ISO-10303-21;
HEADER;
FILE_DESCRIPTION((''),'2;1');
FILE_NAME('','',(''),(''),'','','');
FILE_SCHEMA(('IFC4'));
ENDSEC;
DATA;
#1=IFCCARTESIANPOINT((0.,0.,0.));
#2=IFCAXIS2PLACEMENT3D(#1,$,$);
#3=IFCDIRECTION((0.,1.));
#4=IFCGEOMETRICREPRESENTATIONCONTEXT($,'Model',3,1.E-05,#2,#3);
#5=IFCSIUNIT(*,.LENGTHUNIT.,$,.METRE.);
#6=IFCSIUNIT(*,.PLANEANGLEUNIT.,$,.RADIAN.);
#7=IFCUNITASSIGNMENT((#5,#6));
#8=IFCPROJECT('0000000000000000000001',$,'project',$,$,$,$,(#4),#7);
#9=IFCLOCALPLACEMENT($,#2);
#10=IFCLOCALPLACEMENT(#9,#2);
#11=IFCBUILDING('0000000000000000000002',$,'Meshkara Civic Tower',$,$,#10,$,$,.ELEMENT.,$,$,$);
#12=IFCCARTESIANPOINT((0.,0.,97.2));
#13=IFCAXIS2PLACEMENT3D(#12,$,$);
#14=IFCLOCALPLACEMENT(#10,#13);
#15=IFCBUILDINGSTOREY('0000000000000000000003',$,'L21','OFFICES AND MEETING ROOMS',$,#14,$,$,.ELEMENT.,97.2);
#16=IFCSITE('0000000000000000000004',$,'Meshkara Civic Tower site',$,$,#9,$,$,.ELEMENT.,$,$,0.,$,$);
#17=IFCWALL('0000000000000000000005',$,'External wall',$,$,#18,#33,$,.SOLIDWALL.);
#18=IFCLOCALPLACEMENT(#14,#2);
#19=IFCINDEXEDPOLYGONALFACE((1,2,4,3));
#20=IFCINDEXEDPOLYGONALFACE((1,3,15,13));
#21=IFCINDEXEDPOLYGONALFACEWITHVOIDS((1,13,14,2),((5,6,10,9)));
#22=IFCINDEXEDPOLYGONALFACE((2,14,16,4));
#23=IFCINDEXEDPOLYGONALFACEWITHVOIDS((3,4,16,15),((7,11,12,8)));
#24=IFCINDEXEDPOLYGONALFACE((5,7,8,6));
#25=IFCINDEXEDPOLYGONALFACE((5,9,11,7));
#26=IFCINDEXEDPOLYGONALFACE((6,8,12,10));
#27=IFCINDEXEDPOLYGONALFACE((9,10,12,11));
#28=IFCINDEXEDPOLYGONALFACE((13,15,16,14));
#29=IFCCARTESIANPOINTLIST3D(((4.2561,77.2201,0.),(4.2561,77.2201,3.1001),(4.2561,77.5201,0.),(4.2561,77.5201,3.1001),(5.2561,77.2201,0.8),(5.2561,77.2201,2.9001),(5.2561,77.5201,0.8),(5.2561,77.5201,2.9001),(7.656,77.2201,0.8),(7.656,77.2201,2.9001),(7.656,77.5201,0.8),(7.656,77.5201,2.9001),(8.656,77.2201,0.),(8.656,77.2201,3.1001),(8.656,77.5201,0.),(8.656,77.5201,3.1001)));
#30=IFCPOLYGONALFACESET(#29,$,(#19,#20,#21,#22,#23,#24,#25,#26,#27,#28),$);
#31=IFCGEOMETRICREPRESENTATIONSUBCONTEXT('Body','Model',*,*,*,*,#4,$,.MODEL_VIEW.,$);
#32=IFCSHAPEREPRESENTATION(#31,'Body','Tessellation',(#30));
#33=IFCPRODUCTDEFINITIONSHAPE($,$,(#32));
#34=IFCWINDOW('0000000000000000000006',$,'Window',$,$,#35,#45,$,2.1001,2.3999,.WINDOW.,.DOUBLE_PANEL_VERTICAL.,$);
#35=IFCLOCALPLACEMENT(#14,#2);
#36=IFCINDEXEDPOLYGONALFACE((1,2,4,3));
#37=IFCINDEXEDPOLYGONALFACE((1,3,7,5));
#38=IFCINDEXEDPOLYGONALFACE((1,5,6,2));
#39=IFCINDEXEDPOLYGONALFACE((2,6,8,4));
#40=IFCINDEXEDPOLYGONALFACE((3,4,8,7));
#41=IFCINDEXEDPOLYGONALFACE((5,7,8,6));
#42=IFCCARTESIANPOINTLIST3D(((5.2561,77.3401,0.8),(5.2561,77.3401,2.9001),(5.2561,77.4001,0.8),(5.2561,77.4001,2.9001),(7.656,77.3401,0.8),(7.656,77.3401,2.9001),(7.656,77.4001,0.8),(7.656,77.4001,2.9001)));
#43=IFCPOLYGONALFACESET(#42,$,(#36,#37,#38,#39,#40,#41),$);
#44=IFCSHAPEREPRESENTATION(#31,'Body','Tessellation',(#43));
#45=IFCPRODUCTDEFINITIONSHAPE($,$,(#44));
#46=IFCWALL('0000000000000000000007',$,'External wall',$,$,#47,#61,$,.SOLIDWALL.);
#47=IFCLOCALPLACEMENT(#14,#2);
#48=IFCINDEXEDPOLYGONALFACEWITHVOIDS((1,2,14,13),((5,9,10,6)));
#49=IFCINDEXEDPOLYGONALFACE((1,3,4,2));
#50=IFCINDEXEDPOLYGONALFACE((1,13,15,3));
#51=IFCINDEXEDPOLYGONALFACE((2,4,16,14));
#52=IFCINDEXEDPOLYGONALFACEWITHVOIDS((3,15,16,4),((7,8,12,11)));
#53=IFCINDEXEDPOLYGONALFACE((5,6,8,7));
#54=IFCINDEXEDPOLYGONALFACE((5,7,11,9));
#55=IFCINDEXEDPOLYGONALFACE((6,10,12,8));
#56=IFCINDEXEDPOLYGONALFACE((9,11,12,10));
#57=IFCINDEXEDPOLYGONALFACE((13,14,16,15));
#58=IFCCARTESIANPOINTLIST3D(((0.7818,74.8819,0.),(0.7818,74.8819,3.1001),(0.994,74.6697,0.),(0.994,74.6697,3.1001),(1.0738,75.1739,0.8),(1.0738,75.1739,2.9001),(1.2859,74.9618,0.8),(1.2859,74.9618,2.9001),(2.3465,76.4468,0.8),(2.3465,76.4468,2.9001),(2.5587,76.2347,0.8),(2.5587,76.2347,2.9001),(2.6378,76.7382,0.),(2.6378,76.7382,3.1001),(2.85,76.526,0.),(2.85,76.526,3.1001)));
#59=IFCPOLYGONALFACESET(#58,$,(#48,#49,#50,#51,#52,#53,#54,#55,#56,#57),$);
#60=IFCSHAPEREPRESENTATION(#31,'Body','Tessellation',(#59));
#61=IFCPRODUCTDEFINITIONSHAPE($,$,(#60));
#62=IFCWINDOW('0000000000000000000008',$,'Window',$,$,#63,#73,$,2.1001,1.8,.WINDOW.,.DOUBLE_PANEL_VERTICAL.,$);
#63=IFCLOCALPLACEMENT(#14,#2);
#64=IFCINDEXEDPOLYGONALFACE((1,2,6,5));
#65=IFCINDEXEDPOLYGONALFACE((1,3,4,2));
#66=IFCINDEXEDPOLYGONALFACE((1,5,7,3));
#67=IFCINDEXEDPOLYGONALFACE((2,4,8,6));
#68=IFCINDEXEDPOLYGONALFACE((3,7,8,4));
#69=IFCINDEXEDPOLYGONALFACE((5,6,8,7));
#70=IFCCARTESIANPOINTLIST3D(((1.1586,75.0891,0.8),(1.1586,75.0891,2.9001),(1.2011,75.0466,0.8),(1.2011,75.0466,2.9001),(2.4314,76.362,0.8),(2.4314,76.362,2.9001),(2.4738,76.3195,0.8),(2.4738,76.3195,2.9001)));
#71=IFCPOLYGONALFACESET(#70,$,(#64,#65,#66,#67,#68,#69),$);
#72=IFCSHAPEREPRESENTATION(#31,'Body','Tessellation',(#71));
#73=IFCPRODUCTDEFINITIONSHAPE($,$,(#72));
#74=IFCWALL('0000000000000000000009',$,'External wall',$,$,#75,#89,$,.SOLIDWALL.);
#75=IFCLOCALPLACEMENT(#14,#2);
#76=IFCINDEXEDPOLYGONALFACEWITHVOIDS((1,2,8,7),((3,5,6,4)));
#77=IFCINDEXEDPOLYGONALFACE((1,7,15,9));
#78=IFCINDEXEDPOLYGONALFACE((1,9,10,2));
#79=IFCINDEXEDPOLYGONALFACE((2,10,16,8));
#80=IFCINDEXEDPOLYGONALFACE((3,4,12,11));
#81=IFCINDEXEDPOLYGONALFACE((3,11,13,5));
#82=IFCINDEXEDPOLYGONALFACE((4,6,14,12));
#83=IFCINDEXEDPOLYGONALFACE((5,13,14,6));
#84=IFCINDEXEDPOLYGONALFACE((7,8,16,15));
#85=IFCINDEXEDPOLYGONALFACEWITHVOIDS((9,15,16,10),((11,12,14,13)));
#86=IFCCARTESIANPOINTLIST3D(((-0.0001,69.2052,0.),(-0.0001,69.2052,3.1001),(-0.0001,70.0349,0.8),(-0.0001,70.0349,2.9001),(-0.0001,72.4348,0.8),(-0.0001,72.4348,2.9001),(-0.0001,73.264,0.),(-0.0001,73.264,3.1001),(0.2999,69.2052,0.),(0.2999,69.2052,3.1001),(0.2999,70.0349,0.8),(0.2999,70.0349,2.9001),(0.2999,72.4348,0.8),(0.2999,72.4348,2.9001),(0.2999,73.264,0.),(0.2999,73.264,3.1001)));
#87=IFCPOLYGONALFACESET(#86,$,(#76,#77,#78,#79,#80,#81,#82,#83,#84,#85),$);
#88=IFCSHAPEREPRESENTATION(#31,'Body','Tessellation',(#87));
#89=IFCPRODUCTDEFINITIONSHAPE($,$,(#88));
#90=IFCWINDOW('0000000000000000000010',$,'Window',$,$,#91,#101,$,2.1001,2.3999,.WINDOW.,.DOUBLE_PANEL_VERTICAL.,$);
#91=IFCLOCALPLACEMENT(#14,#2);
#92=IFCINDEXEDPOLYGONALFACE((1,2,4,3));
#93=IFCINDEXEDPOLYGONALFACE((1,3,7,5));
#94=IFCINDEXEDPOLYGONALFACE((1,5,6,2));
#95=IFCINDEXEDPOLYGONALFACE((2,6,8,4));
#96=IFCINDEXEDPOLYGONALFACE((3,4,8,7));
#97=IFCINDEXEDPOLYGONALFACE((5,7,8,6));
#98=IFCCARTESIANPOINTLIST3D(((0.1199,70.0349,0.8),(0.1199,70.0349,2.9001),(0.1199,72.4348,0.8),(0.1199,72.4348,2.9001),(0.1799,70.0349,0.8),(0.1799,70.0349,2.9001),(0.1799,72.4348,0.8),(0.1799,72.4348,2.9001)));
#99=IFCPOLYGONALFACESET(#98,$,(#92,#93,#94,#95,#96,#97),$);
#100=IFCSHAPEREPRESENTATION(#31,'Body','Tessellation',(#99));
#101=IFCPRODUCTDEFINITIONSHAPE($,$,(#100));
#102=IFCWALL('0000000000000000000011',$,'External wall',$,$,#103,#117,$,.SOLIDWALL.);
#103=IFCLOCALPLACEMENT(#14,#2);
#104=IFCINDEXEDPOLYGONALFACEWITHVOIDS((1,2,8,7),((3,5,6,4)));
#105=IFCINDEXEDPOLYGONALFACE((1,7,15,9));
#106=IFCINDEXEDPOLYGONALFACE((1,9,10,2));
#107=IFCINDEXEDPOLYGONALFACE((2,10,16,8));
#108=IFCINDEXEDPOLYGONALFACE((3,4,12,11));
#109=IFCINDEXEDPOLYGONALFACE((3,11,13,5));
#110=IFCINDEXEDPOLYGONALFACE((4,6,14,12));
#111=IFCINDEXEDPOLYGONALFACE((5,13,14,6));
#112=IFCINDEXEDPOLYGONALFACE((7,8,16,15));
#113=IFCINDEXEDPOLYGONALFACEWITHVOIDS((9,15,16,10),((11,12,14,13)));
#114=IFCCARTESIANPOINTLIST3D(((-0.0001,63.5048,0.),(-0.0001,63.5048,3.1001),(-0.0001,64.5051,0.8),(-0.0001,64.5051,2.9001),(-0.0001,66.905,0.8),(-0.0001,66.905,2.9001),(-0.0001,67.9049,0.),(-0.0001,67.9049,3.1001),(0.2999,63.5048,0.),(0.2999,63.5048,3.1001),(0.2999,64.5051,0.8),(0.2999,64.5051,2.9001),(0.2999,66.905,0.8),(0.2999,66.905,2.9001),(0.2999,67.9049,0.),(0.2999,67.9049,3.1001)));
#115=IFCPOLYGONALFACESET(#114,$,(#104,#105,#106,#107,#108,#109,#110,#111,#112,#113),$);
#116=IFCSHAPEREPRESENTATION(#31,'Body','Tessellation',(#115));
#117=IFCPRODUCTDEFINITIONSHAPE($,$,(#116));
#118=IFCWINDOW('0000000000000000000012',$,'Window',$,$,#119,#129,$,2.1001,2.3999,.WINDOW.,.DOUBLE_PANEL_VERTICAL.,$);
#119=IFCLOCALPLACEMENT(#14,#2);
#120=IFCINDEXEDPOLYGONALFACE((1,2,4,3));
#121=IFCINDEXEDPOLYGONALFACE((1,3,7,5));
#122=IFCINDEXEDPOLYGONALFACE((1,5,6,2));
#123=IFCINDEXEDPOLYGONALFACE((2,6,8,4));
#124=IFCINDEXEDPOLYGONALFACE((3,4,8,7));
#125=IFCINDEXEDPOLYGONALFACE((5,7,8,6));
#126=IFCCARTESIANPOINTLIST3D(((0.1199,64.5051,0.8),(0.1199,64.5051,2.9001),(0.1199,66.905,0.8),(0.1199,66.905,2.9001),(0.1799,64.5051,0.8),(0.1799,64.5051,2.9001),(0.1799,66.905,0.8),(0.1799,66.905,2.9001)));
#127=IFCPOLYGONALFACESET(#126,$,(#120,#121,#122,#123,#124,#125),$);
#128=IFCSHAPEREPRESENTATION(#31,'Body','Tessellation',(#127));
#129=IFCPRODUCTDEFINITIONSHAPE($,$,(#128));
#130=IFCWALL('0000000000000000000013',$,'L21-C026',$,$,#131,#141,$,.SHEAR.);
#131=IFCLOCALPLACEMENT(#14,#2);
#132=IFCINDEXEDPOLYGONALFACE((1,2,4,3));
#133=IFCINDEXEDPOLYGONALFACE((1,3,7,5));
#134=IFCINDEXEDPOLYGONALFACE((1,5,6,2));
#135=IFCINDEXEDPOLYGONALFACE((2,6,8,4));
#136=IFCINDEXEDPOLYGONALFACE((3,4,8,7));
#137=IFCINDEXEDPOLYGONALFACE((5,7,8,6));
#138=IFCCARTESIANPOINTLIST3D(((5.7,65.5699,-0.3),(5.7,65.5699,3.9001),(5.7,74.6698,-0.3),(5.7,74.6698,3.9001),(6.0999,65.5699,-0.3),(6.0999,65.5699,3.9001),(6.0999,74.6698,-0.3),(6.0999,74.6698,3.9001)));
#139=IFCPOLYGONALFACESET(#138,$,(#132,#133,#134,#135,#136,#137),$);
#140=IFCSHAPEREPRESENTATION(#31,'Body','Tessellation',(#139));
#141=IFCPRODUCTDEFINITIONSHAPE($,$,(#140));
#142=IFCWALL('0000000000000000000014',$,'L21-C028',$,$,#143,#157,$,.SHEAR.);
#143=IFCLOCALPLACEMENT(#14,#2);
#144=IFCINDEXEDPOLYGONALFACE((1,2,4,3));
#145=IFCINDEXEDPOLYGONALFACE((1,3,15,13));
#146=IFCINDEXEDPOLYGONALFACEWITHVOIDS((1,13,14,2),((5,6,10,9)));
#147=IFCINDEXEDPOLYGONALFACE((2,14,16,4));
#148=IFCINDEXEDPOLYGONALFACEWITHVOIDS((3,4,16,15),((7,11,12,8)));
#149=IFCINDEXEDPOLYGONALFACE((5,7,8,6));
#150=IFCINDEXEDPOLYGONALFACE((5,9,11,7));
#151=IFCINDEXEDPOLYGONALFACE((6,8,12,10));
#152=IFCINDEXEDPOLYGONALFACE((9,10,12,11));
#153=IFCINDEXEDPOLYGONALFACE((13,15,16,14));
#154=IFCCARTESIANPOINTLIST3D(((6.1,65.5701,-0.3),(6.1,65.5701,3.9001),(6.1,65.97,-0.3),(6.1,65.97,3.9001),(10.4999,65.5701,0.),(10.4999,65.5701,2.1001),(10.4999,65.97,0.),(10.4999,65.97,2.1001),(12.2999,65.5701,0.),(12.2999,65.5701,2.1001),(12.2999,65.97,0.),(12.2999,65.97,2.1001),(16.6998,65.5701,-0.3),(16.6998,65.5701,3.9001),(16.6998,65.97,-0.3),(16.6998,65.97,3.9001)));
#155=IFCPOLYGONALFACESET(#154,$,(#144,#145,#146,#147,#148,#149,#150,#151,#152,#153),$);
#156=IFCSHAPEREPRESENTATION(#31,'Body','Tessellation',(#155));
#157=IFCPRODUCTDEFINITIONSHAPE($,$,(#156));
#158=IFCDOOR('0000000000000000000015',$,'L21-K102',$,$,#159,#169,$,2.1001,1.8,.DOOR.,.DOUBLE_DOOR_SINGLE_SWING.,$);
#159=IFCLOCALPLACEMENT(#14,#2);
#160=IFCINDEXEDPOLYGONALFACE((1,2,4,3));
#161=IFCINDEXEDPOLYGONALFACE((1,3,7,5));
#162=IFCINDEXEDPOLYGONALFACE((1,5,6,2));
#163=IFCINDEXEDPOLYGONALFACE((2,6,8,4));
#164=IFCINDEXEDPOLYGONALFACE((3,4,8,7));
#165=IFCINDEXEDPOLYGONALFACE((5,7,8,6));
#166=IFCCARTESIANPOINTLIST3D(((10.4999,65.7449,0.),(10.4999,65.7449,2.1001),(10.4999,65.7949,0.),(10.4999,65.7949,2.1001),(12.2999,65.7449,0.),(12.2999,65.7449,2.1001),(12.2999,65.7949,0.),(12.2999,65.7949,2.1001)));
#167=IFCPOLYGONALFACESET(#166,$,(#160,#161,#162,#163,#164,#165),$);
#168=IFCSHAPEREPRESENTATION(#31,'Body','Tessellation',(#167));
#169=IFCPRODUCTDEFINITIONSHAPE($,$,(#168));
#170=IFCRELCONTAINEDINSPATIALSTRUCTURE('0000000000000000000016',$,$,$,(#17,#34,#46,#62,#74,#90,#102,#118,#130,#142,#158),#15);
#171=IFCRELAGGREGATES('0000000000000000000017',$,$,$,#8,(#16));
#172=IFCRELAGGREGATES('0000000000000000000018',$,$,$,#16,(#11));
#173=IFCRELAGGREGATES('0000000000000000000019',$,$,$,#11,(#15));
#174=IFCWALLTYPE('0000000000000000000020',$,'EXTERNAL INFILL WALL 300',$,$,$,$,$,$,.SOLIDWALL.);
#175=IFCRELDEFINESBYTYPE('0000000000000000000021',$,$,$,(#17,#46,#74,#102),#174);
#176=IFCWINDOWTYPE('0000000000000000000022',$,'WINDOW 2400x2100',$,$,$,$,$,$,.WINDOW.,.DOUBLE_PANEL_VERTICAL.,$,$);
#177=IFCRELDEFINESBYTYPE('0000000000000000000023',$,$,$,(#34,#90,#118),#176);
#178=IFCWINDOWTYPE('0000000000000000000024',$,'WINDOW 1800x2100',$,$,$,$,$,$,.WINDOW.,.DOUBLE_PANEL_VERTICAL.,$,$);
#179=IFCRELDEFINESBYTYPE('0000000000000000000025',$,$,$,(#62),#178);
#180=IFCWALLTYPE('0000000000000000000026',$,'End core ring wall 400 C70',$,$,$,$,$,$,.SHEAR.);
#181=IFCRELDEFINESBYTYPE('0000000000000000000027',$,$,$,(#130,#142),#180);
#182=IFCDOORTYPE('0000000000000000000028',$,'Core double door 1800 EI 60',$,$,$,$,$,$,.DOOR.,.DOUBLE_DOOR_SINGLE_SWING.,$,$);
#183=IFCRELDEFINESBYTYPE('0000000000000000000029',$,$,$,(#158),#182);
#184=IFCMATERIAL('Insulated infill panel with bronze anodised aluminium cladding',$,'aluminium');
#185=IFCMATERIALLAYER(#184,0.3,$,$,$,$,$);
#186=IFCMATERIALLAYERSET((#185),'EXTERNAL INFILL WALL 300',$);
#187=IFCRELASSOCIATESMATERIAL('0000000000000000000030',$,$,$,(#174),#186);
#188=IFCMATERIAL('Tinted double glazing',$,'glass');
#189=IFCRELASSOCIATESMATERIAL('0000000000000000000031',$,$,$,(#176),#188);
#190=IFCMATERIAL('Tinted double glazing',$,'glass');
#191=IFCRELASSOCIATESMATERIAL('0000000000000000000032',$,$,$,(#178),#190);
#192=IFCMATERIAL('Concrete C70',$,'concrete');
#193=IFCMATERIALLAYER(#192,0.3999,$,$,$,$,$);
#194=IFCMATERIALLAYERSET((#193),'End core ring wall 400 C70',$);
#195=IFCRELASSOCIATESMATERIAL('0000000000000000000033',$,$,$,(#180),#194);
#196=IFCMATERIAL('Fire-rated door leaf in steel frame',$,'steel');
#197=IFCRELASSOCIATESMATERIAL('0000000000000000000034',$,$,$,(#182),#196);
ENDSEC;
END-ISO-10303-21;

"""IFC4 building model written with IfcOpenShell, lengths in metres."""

from ifc_helpers import new_model, si_unit, direction, frame, frame_2d, origin, place, context, subcontext, project, spatial, rectangle, extrude, material, layer, layer_set, type_object, element, fill, save


model = new_model("IFC4")

# Units and contexts
model_context = context("Model", 3, precision=1e-05, world=origin(), true_north=direction((0.0, 1.0)))
body_context = subcontext(model_context, "Body", "Model", "MODEL_VIEW")
ifc_project = project(units=[si_unit("LENGTHUNIT", "METRE"), si_unit("PLANEANGLEUNIT", "RADIAN")], contexts=[model_context])

# Site, building, storey
site_placement = place(None, origin())
site = spatial("IfcSite", under=ifc_project, at=site_placement, Name="Meshkara Civic Tower site", CompositionType="ELEMENT", RefElevation=0.0)
building_placement = place(site_placement, origin())
building = spatial("IfcBuilding", under=site, at=building_placement, Name="Meshkara Civic Tower", CompositionType="ELEMENT")
storey_placement = place(building_placement, frame((0.0, 0.0, 97.2)))
storey = spatial("IfcBuildingStorey", under=building, at=storey_placement, Name="L21", Description="OFFICES AND MEETING ROOMS", CompositionType="ELEMENT", Elevation=97.2)

# Walls, openings, windows
ifc_material_1 = material(Name="Insulated infill panel with bronze anodised aluminium cladding", Category="aluminium")
ifc_layer_1 = layer(ifc_material_1, 0.3)
ifc_layer_set_1 = layer_set([ifc_layer_1], Name="EXTERNAL INFILL WALL 300")
wall_type_1 = type_object("IfcWallType", Name="EXTERNAL INFILL WALL 300", PredefinedType="SOLIDWALL", material=ifc_layer_set_1)
wall_1_placement = place(storey_placement, frame((8.656, 77.3701, 0.0), z_axis=(0.0, 0.0, 1.0), x_axis=(-1.0, 0.0, 0.0)))
wall_1 = element("IfcWall", 1, at=wall_1_placement, inside=storey, type_object=wall_type_1, Name="External wall", PredefinedType="SOLIDWALL", context=body_context, shape_type="SweptSolid", body=[
    extrude(rectangle(XDim=4.3999, YDim=0.3, at=frame_2d((2.2, 0.0))), origin(), (0.0, 0.0, 1.0), 3.1001),
])
opening_1_placement = place(wall_1_placement, frame((1.0, 0.0, 0.8)))
opening_1 = element("IfcOpeningElement", 2, at=opening_1_placement, cuts=wall_1, PredefinedType="OPENING", context=body_context, shape_type="SweptSolid", body=[
    extrude(rectangle(XDim=2.3999, YDim=2.1001, at=frame_2d((1.2, 1.05))), frame((0.0, 0.1599, 0.0), z_axis=(0.0, -1.0, 0.0), x_axis=(1.0, 0.0, 0.0)), (0.0, 0.0, 1.0), 0.3201),
])
ifc_material_2 = material(Name="Tinted double glazing", Category="glass")
window_type_1 = type_object("IfcWindowType", Name="WINDOW 2400x2100", PartitioningType="DOUBLE_PANEL_VERTICAL", PredefinedType="WINDOW", material=ifc_material_2)
window_1_placement = place(opening_1_placement, origin())
window_1 = element("IfcWindow", 3, at=window_1_placement, inside=storey, type_object=window_type_1, Name="Window", OverallHeight=2.1001, OverallWidth=2.3999, PartitioningType="DOUBLE_PANEL_VERTICAL", PredefinedType="WINDOW", context=body_context, shape_type="SweptSolid", body=[
    extrude(rectangle(XDim=2.3999, YDim=2.1001, at=frame_2d((1.2, 1.05))), frame((0.0, 0.03, 0.0), z_axis=(0.0, -1.0, 0.0), x_axis=(1.0, 0.0, 0.0)), (0.0, 0.0, 1.0), 0.0601),
])
fill(opening_1, window_1)
wall_2_placement = place(storey_placement, frame((2.7439, 76.6321, 0.0), z_axis=(0.0, 0.0, 1.0), x_axis=(-0.70706, -0.707153, 0.0)))
wall_2 = element("IfcWall", 4, at=wall_2_placement, inside=storey, type_object=wall_type_1, Name="External wall", PredefinedType="SOLIDWALL", context=body_context, shape_type="SweptSolid", body=[
    extrude(rectangle(XDim=2.625, YDim=0.3, at=frame_2d((1.3125, 0.0))), origin(), (0.0, 0.0, 1.0), 3.1001),
])
opening_2_placement = place(wall_2_placement, frame((0.4121, 0.0, 0.8)))
opening_2 = element("IfcOpeningElement", 5, at=opening_2_placement, cuts=wall_2, PredefinedType="OPENING", context=body_context, shape_type="SweptSolid", body=[
    extrude(rectangle(XDim=1.8, YDim=2.1001, at=frame_2d((0.8999, 1.05))), frame((0.0, 0.1599, 0.0), z_axis=(0.0, -1.0, 0.0), x_axis=(1.0, 0.0, 0.0)), (0.0, 0.0, 1.0), 0.3201),
])
ifc_material_3 = material(Name="Tinted double glazing", Category="glass")
window_type_2 = type_object("IfcWindowType", Name="WINDOW 1800x2100", PartitioningType="DOUBLE_PANEL_VERTICAL", PredefinedType="WINDOW", material=ifc_material_3)
window_2_placement = place(opening_2_placement, origin())
window_2 = element("IfcWindow", 6, at=window_2_placement, inside=storey, type_object=window_type_2, Name="Window", OverallHeight=2.1001, OverallWidth=1.8, PartitioningType="DOUBLE_PANEL_VERTICAL", PredefinedType="WINDOW", context=body_context, shape_type="SweptSolid", body=[
    extrude(rectangle(XDim=1.8, YDim=2.1001, at=frame_2d((0.8999, 1.05))), frame((0.0, 0.03, 0.0), z_axis=(0.0, -1.0, 0.0), x_axis=(1.0, 0.0, 0.0)), (0.0, 0.0, 1.0), 0.0601),
])
fill(opening_2, window_2)
wall_3_placement = place(storey_placement, frame((0.1499, 73.2639, 0.0), z_axis=(0.0, 0.0, 1.0), x_axis=(0.0, -1.0, 0.0)))
wall_3 = element("IfcWall", 7, at=wall_3_placement, inside=storey, type_object=wall_type_1, Name="External wall", PredefinedType="SOLIDWALL", context=body_context, shape_type="SweptSolid", body=[
    extrude(rectangle(XDim=4.0588, YDim=0.3, at=frame_2d((2.0293, 0.0))), origin(), (0.0, 0.0, 1.0), 3.1001),
])
opening_3_placement = place(wall_3_placement, frame((0.8291, 0.0, 0.8)))
opening_3 = element("IfcOpeningElement", 8, at=opening_3_placement, cuts=wall_3, PredefinedType="OPENING", context=body_context, shape_type="SweptSolid", body=[
    extrude(rectangle(XDim=2.3999, YDim=2.1001, at=frame_2d((1.2, 1.05))), frame((0.0, 0.1599, 0.0), z_axis=(0.0, -1.0, 0.0), x_axis=(1.0, 0.0, 0.0)), (0.0, 0.0, 1.0), 0.3201),
])
window_3_placement = place(opening_3_placement, origin())
window_3 = element("IfcWindow", 9, at=window_3_placement, inside=storey, type_object=window_type_1, Name="Window", OverallHeight=2.1001, OverallWidth=2.3999, PartitioningType="DOUBLE_PANEL_VERTICAL", PredefinedType="WINDOW", context=body_context, shape_type="SweptSolid", body=[
    extrude(rectangle(XDim=2.3999, YDim=2.1001, at=frame_2d((1.2, 1.05))), frame((0.0, 0.03, 0.0), z_axis=(0.0, -1.0, 0.0), x_axis=(1.0, 0.0, 0.0)), (0.0, 0.0, 1.0), 0.0601),
])
fill(opening_3, window_3)
wall_4_placement = place(storey_placement, frame((0.1499, 67.905, 0.0), z_axis=(0.0, 0.0, 1.0), x_axis=(0.0, -1.0, 0.0)))
wall_4 = element("IfcWall", 10, at=wall_4_placement, inside=storey, type_object=wall_type_1, Name="External wall", PredefinedType="SOLIDWALL", context=body_context, shape_type="SweptSolid", body=[
    extrude(rectangle(XDim=4.4001, YDim=0.3, at=frame_2d((2.2002, 0.0))), origin(), (0.0, 0.0, 1.0), 3.1001),
])
opening_4_placement = place(wall_4_placement, frame((1.0, 0.0, 0.8)))
opening_4 = element("IfcOpeningElement", 11, at=opening_4_placement, cuts=wall_4, PredefinedType="OPENING", context=body_context, shape_type="SweptSolid", body=[
    extrude(rectangle(XDim=2.3999, YDim=2.1001, at=frame_2d((1.2, 1.05))), frame((0.0, 0.1599, 0.0), z_axis=(0.0, -1.0, 0.0), x_axis=(1.0, 0.0, 0.0)), (0.0, 0.0, 1.0), 0.3201),
])
window_4_placement = place(opening_4_placement, origin())
window_4 = element("IfcWindow", 12, at=window_4_placement, inside=storey, type_object=window_type_1, Name="Window", OverallHeight=2.1001, OverallWidth=2.3999, PartitioningType="DOUBLE_PANEL_VERTICAL", PredefinedType="WINDOW", context=body_context, shape_type="SweptSolid", body=[
    extrude(rectangle(XDim=2.3999, YDim=2.1001, at=frame_2d((1.2, 1.05))), frame((0.0, 0.03, 0.0), z_axis=(0.0, -1.0, 0.0), x_axis=(1.0, 0.0, 0.0)), (0.0, 0.0, 1.0), 0.0601),
])
fill(opening_4, window_4)

# Wall
ifc_material_4 = material(Name="Concrete C70", Category="concrete")
ifc_layer_2 = layer(ifc_material_4, 0.3999)
ifc_layer_set_2 = layer_set([ifc_layer_2], Name="End core ring wall 400 C70")
wall_type_2 = type_object("IfcWallType", Name="End core ring wall 400 C70", PredefinedType="SHEAR", material=ifc_layer_set_2)
wall_5_placement = place(storey_placement, frame((5.8999, 65.5701, -0.3), z_axis=(0.0, 0.0, 1.0), x_axis=(0.0, 1.0, 0.0)))
element("IfcWall", 13, at=wall_5_placement, inside=storey, type_object=wall_type_2, Name="L21-C026", PredefinedType="SHEAR", context=body_context, shape_type="SweptSolid", body=[
    extrude(rectangle(XDim=9.0999, YDim=0.3999, at=frame_2d((4.5498, 0.0))), origin(), (0.0, 0.0, 1.0), 4.2002),
])

# Wall, opening, door
wall_6_placement = place(storey_placement, frame((6.1001, 65.77, -0.3), z_axis=(0.0, 0.0, 1.0), x_axis=(1.0, 0.0, 0.0)))
wall_6 = element("IfcWall", 14, at=wall_6_placement, inside=storey, type_object=wall_type_2, Name="L21-C028", PredefinedType="SHEAR", context=body_context, shape_type="SweptSolid", body=[
    extrude(rectangle(XDim=10.5999, YDim=0.3999, at=frame_2d((5.2998, 0.0))), origin(), (0.0, 0.0, 1.0), 4.2002),
])
opening_5_placement = place(wall_6_placement, frame((4.3999, 0.0, 0.3)))
opening_5 = element("IfcOpeningElement", 15, at=opening_5_placement, cuts=wall_6, PredefinedType="OPENING", context=body_context, shape_type="SweptSolid", body=[
    extrude(rectangle(XDim=1.8, YDim=2.1001, at=frame_2d((0.8999, 1.05))), frame((0.0, 0.21, 0.0), z_axis=(0.0, -1.0, 0.0), x_axis=(1.0, 0.0, 0.0)), (0.0, 0.0, 1.0), 0.4199),
])
ifc_material_5 = material(Name="Fire-rated door leaf in steel frame", Category="steel")
door_type_1 = type_object("IfcDoorType", Name="Core double door 1800 EI 60", OperationType="DOUBLE_DOOR_SINGLE_SWING", PredefinedType="DOOR", material=ifc_material_5)
door_1_placement = place(opening_5_placement, origin())
door_1 = element("IfcDoor", 16, at=door_1_placement, inside=storey, type_object=door_type_1, Name="L21-K102", OperationType="DOUBLE_DOOR_SINGLE_SWING", OverallHeight=2.1001, OverallWidth=1.8, PredefinedType="DOOR", context=body_context, shape_type="SweptSolid", body=[
    extrude(rectangle(XDim=1.8, YDim=2.1001, at=frame_2d((0.8999, 1.05))), frame((0.0, 0.0249, 0.0), z_axis=(0.0, -1.0, 0.0), x_axis=(1.0, 0.0, 0.0)), (0.0, 0.0, 1.0), 0.05),
])
fill(opening_5, door_1)

save(model, "model.ifc")
